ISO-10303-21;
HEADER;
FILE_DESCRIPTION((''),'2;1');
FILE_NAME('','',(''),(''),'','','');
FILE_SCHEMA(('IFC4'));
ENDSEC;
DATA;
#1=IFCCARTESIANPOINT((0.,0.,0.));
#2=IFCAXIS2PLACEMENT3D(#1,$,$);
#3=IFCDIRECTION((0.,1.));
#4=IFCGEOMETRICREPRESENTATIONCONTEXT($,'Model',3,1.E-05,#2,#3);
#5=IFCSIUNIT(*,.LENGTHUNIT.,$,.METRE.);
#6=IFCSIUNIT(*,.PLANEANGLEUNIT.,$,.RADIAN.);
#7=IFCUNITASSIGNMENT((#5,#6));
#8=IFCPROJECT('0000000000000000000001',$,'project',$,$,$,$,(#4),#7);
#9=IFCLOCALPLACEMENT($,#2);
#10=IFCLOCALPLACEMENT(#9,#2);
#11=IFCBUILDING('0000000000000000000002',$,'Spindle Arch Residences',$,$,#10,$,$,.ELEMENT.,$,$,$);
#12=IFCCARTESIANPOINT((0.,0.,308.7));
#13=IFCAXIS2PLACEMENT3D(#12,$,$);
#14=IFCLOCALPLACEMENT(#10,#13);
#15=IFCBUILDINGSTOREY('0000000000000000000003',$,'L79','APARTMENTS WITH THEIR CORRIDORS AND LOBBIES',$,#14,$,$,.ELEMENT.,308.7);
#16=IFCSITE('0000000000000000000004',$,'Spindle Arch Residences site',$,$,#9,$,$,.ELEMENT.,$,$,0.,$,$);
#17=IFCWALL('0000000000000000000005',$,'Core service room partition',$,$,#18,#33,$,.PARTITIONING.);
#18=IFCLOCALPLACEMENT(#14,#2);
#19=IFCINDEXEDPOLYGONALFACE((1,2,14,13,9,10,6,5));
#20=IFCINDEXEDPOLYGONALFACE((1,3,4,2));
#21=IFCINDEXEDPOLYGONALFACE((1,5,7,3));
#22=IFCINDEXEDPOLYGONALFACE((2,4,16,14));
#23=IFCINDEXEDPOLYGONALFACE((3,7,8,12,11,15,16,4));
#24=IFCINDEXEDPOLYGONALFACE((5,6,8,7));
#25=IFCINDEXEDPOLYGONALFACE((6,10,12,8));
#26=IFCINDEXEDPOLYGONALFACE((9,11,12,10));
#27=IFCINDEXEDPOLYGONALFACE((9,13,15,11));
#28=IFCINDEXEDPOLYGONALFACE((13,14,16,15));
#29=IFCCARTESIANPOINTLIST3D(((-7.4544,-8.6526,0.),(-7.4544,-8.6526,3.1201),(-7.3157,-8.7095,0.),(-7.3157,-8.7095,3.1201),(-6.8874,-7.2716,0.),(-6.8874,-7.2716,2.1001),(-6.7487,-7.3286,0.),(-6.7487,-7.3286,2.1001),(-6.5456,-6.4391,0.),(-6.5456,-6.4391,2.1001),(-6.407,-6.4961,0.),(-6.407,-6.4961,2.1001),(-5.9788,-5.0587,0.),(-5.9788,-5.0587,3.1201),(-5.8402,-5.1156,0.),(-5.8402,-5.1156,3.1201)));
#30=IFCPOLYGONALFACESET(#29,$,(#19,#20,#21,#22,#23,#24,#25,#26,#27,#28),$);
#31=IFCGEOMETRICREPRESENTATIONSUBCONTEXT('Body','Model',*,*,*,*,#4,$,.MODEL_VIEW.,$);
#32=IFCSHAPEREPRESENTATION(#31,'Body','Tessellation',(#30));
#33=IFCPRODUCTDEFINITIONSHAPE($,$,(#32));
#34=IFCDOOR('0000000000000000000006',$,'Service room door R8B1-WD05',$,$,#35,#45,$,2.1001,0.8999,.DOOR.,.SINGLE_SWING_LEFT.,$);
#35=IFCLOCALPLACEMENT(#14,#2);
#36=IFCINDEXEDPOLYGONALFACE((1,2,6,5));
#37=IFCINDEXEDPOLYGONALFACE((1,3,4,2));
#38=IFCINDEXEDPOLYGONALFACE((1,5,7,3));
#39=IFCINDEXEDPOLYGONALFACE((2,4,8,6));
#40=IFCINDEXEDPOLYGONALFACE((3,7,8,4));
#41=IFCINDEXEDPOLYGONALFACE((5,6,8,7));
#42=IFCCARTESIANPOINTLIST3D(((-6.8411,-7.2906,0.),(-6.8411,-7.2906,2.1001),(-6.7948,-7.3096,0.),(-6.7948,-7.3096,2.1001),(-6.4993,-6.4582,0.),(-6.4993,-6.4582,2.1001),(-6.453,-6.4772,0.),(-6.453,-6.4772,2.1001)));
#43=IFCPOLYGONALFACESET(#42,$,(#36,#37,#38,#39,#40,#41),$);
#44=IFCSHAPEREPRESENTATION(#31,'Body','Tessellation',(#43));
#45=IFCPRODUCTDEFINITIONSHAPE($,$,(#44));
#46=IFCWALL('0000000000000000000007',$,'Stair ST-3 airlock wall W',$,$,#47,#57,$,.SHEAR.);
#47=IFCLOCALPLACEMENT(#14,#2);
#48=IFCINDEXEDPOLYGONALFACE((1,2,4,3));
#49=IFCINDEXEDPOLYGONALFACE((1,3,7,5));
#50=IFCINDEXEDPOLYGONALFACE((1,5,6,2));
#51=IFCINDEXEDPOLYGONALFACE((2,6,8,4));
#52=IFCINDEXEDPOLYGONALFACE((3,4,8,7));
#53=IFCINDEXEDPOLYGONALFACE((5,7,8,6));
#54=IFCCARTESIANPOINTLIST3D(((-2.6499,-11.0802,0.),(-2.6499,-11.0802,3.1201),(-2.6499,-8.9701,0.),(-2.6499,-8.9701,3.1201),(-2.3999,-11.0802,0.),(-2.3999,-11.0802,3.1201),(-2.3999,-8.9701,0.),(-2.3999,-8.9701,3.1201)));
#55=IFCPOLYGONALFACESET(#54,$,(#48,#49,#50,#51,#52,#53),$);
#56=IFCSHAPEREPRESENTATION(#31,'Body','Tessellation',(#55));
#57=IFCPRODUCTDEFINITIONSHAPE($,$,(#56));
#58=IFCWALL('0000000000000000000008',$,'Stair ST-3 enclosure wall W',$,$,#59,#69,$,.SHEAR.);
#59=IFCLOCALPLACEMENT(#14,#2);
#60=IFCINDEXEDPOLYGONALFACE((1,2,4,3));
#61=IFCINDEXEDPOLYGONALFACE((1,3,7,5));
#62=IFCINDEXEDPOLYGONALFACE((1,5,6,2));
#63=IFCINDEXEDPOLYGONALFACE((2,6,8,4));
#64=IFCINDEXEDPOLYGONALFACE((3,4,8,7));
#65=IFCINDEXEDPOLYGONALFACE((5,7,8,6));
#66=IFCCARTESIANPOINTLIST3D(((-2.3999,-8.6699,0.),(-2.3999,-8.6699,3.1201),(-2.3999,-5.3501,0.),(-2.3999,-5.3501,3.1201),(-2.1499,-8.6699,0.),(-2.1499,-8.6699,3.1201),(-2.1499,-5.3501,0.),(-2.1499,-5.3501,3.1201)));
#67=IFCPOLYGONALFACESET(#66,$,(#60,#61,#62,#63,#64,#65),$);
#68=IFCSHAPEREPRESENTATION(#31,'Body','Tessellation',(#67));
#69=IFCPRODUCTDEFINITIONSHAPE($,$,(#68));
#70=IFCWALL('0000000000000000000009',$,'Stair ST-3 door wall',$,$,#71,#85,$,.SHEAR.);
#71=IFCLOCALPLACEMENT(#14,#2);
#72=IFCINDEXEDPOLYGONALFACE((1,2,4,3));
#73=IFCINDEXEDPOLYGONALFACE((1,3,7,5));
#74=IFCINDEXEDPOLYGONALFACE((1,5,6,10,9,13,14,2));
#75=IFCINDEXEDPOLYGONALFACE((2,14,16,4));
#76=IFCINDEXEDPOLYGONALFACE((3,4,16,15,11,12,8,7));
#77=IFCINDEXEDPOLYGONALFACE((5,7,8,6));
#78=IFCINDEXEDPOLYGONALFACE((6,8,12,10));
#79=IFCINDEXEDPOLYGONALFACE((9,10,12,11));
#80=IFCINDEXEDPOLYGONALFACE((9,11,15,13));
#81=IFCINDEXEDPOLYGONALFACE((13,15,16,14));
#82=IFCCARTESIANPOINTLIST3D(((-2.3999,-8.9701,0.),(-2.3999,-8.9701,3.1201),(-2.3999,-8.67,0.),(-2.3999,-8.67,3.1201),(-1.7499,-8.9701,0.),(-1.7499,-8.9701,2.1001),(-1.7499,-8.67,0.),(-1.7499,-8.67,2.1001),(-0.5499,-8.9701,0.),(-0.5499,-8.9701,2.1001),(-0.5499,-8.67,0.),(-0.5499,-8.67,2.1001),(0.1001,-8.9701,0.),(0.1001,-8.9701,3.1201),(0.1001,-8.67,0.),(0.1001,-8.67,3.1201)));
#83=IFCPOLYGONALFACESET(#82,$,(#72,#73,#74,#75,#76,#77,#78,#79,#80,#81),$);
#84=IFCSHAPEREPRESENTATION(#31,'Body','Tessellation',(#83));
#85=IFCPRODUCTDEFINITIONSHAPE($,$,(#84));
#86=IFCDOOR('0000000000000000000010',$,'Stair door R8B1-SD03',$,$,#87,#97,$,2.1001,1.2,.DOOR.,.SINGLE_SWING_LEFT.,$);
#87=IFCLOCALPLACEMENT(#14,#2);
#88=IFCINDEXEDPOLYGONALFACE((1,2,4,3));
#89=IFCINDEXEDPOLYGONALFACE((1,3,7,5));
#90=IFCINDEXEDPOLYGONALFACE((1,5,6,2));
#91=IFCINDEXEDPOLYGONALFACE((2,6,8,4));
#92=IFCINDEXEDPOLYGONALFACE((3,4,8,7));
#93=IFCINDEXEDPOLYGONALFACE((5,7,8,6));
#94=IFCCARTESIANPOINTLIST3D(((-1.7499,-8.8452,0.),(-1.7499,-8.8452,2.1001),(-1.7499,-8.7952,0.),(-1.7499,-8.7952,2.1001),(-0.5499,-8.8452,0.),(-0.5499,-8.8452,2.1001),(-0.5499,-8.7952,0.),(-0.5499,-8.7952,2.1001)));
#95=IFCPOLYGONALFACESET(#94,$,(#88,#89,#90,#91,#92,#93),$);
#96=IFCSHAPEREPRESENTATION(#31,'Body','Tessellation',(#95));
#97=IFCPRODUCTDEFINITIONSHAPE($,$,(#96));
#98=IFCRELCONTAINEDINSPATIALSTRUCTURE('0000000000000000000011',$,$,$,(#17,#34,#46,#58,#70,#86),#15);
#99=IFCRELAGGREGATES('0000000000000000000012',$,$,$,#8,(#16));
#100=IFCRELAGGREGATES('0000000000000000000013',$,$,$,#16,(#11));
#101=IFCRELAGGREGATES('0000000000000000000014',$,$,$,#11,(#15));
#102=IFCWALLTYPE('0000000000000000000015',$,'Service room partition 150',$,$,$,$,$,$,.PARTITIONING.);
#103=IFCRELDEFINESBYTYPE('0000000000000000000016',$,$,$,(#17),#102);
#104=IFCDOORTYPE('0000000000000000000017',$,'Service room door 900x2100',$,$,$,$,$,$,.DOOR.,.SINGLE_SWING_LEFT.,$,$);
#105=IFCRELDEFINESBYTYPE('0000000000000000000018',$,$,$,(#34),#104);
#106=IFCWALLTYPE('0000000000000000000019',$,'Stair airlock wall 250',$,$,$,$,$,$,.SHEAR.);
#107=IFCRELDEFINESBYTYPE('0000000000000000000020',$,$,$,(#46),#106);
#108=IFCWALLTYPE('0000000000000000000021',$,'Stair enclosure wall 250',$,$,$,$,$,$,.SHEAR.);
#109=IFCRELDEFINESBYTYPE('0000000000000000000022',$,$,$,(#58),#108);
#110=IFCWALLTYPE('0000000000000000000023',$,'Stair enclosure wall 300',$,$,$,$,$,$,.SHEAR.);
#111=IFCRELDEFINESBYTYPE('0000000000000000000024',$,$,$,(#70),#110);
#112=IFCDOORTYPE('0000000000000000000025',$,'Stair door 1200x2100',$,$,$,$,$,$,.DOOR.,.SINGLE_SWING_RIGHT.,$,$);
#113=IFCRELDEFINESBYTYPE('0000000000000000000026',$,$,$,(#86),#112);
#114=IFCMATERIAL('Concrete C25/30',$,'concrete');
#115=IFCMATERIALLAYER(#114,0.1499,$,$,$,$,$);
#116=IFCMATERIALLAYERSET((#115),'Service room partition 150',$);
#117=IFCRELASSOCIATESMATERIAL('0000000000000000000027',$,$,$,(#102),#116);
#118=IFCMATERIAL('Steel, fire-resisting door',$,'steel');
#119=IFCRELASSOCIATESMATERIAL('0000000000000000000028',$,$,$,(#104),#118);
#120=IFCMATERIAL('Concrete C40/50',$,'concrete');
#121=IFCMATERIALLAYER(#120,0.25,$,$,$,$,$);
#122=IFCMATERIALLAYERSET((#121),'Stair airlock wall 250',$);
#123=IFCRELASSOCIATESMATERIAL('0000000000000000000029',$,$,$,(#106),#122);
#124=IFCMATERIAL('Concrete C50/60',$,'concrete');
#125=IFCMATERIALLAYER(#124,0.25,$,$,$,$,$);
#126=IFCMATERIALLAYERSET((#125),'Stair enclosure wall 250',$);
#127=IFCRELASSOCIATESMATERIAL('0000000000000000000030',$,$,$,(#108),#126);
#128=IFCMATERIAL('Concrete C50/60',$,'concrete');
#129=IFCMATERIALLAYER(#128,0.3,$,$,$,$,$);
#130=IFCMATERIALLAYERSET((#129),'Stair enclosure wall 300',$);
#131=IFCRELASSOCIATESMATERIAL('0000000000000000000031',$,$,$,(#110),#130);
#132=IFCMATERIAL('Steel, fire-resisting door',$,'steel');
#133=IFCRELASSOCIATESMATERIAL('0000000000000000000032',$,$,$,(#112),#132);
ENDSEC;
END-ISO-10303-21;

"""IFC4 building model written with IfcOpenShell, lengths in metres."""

from ifc_helpers import new_model, si_unit, direction, frame, frame_2d, origin, place, context, subcontext, project, spatial, rectangle, extrude, material, layer, layer_set, type_object, element, fill, save


model = new_model("IFC4")

# Units and contexts
model_context = context("Model", 3, precision=1e-05, world=origin(), true_north=direction((0.0, 1.0)))
body_context = subcontext(model_context, "Body", "Model", "MODEL_VIEW")
ifc_project = project(units=[si_unit("LENGTHUNIT", "METRE"), si_unit("PLANEANGLEUNIT", "RADIAN")], contexts=[model_context])

# Site, building, storey
site_placement = place(None, origin())
site = spatial("IfcSite", under=ifc_project, at=site_placement, Name="Spindle Arch Residences site", CompositionType="ELEMENT", RefElevation=0.0)
building_placement = place(site_placement, origin())
building = spatial("IfcBuilding", under=site, at=building_placement, Name="Spindle Arch Residences", CompositionType="ELEMENT")
storey_placement = place(building_placement, frame((0.0, 0.0, 308.7)))
storey = spatial("IfcBuildingStorey", under=building, at=storey_placement, Name="L79", Description="APARTMENTS WITH THEIR CORRIDORS AND LOBBIES", CompositionType="ELEMENT", Elevation=308.7)

# Wall, opening, door
ifc_material_1 = material(Name="Concrete C25/30", Category="concrete")
ifc_layer_1 = layer(ifc_material_1, 0.1499)
ifc_layer_set_1 = layer_set([ifc_layer_1], Name="Service room partition 150")
wall_type_1 = type_object("IfcWallType", Name="Service room partition 150", PredefinedType="PARTITIONING", material=ifc_layer_set_1)
wall_1_placement = place(storey_placement, frame((-7.385, -8.6809, 0.0), z_axis=(0.0, 0.0, 1.0), x_axis=(0.379805, 0.925067, 0.0)))
wall_1 = element("IfcWall", 1, at=wall_1_placement, inside=storey, type_object=wall_type_1, Name="Core service room partition", PredefinedType="PARTITIONING", context=body_context, shape_type="SweptSolid", body=[
    extrude(rectangle(XDim=3.885, YDim=0.1499, at=frame_2d((1.9424, 0.0))), origin(), (0.0, 0.0, 1.0), 3.1201),
])
opening_1_placement = place(wall_1_placement, frame((1.4927, 0.0, 0.0)))
opening_1 = element("IfcOpeningElement", 2, at=opening_1_placement, cuts=wall_1, PredefinedType="OPENING", context=body_context, shape_type="SweptSolid", body=[
    extrude(rectangle(XDim=0.8999, YDim=2.1001, at=frame_2d((0.45, 1.05))), frame((0.0, 0.085, 0.0), z_axis=(0.0, -1.0, 0.0), x_axis=(1.0, 0.0, 0.0)), (0.0, 0.0, 1.0), 0.1699),
])
ifc_material_2 = material(Name="Steel, fire-resisting door", Category="steel")
door_type_1 = type_object("IfcDoorType", Name="Service room door 900x2100", OperationType="SINGLE_SWING_LEFT", PredefinedType="DOOR", material=ifc_material_2)
door_1_placement = place(opening_1_placement, origin())
door_1 = element("IfcDoor", 3, at=door_1_placement, inside=storey, type_object=door_type_1, Name="Service room door R8B1-WD05", OperationType="SINGLE_SWING_LEFT", OverallHeight=2.1001, OverallWidth=0.8999, PredefinedType="DOOR", context=body_context, shape_type="SweptSolid", body=[
    extrude(rectangle(XDim=0.8999, YDim=2.1001, at=frame_2d((0.45, 1.05))), frame((0.0, 0.0249, 0.0), z_axis=(0.0, -1.0, 0.0), x_axis=(1.0, 0.0, 0.0)), (0.0, 0.0, 1.0), 0.05),
])
fill(opening_1, door_1)

# Walls
ifc_material_3 = material(Name="Concrete C40/50", Category="concrete")
ifc_layer_2 = layer(ifc_material_3, 0.25)
ifc_layer_set_2 = layer_set([ifc_layer_2], Name="Stair airlock wall 250")
wall_type_2 = type_object("IfcWallType", Name="Stair airlock wall 250", PredefinedType="SHEAR", material=ifc_layer_set_2)
wall_2_placement = place(storey_placement, frame((-2.5249, -8.97, 0.0), z_axis=(0.0, 0.0, 1.0), x_axis=(0.0, -1.0, 0.0)))
element("IfcWall", 4, at=wall_2_placement, inside=storey, type_object=wall_type_2, Name="Stair ST-3 airlock wall W", PredefinedType="SHEAR", context=body_context, shape_type="SweptSolid", body=[
    extrude(rectangle(XDim=2.1101, YDim=0.25, at=frame_2d((1.0552, 0.0))), origin(), (0.0, 0.0, 1.0), 3.1201),
])
ifc_material_4 = material(Name="Concrete C50/60", Category="concrete")
ifc_layer_3 = layer(ifc_material_4, 0.25)
ifc_layer_set_3 = layer_set([ifc_layer_3], Name="Stair enclosure wall 250")
wall_type_3 = type_object("IfcWallType", Name="Stair enclosure wall 250", PredefinedType="SHEAR", material=ifc_layer_set_3)
wall_3_placement = place(storey_placement, frame((-2.2749, -8.6699, 0.0), z_axis=(0.0, 0.0, 1.0), x_axis=(0.0, 1.0, 0.0)))
element("IfcWall", 5, at=wall_3_placement, inside=storey, type_object=wall_type_3, Name="Stair ST-3 enclosure wall W", PredefinedType="SHEAR", context=body_context, shape_type="SweptSolid", body=[
    extrude(rectangle(XDim=3.3198, YDim=0.25, at=frame_2d((1.6599, 0.0))), origin(), (0.0, 0.0, 1.0), 3.1201),
])

# Wall, opening, door
ifc_material_5 = material(Name="Concrete C50/60", Category="concrete")
ifc_layer_4 = layer(ifc_material_5, 0.3)
ifc_layer_set_4 = layer_set([ifc_layer_4], Name="Stair enclosure wall 300")
wall_type_4 = type_object("IfcWallType", Name="Stair enclosure wall 300", PredefinedType="SHEAR", material=ifc_layer_set_4)
wall_4_placement = place(storey_placement, frame((-2.3999, -8.8201, 0.0), z_axis=(0.0, 0.0, 1.0), x_axis=(1.0, 0.0, 0.0)))
wall_4 = element("IfcWall", 6, at=wall_4_placement, inside=storey, type_object=wall_type_4, Name="Stair ST-3 door wall", PredefinedType="SHEAR", context=body_context, shape_type="SweptSolid", body=[
    extrude(rectangle(XDim=2.5, YDim=0.3, at=frame_2d((1.25, 0.0))), origin(), (0.0, 0.0, 1.0), 3.1201),
])
opening_2_placement = place(wall_4_placement, frame((0.6499, 0.0, 0.0)))
opening_2 = element("IfcOpeningElement", 7, at=opening_2_placement, cuts=wall_4, PredefinedType="OPENING", context=body_context, shape_type="SweptSolid", body=[
    extrude(rectangle(XDim=1.2, YDim=2.1001, at=frame_2d((0.6001, 1.05))), frame((0.0, 0.1602, 0.0), z_axis=(0.0, -1.0, 0.0), x_axis=(1.0, 0.0, 0.0)), (0.0, 0.0, 1.0), 0.3201),
])
ifc_material_6 = material(Name="Steel, fire-resisting door", Category="steel")
door_type_2 = type_object("IfcDoorType", Name="Stair door 1200x2100", OperationType="SINGLE_SWING_RIGHT", PredefinedType="DOOR", material=ifc_material_6)
door_2_placement = place(opening_2_placement, origin())
door_2 = element("IfcDoor", 8, at=door_2_placement, inside=storey, type_object=door_type_2, Name="Stair door R8B1-SD03", OperationType="SINGLE_SWING_LEFT", OverallHeight=2.1001, OverallWidth=1.2, PredefinedType="DOOR", context=body_context, shape_type="SweptSolid", body=[
    extrude(rectangle(XDim=1.2, YDim=2.1001, at=frame_2d((0.6001, 1.05))), frame((0.0, 0.0249, 0.0), z_axis=(0.0, -1.0, 0.0), x_axis=(1.0, 0.0, 0.0)), (0.0, 0.0, 1.0), 0.05),
])
fill(opening_2, door_2)

save(model, "model.ifc")
